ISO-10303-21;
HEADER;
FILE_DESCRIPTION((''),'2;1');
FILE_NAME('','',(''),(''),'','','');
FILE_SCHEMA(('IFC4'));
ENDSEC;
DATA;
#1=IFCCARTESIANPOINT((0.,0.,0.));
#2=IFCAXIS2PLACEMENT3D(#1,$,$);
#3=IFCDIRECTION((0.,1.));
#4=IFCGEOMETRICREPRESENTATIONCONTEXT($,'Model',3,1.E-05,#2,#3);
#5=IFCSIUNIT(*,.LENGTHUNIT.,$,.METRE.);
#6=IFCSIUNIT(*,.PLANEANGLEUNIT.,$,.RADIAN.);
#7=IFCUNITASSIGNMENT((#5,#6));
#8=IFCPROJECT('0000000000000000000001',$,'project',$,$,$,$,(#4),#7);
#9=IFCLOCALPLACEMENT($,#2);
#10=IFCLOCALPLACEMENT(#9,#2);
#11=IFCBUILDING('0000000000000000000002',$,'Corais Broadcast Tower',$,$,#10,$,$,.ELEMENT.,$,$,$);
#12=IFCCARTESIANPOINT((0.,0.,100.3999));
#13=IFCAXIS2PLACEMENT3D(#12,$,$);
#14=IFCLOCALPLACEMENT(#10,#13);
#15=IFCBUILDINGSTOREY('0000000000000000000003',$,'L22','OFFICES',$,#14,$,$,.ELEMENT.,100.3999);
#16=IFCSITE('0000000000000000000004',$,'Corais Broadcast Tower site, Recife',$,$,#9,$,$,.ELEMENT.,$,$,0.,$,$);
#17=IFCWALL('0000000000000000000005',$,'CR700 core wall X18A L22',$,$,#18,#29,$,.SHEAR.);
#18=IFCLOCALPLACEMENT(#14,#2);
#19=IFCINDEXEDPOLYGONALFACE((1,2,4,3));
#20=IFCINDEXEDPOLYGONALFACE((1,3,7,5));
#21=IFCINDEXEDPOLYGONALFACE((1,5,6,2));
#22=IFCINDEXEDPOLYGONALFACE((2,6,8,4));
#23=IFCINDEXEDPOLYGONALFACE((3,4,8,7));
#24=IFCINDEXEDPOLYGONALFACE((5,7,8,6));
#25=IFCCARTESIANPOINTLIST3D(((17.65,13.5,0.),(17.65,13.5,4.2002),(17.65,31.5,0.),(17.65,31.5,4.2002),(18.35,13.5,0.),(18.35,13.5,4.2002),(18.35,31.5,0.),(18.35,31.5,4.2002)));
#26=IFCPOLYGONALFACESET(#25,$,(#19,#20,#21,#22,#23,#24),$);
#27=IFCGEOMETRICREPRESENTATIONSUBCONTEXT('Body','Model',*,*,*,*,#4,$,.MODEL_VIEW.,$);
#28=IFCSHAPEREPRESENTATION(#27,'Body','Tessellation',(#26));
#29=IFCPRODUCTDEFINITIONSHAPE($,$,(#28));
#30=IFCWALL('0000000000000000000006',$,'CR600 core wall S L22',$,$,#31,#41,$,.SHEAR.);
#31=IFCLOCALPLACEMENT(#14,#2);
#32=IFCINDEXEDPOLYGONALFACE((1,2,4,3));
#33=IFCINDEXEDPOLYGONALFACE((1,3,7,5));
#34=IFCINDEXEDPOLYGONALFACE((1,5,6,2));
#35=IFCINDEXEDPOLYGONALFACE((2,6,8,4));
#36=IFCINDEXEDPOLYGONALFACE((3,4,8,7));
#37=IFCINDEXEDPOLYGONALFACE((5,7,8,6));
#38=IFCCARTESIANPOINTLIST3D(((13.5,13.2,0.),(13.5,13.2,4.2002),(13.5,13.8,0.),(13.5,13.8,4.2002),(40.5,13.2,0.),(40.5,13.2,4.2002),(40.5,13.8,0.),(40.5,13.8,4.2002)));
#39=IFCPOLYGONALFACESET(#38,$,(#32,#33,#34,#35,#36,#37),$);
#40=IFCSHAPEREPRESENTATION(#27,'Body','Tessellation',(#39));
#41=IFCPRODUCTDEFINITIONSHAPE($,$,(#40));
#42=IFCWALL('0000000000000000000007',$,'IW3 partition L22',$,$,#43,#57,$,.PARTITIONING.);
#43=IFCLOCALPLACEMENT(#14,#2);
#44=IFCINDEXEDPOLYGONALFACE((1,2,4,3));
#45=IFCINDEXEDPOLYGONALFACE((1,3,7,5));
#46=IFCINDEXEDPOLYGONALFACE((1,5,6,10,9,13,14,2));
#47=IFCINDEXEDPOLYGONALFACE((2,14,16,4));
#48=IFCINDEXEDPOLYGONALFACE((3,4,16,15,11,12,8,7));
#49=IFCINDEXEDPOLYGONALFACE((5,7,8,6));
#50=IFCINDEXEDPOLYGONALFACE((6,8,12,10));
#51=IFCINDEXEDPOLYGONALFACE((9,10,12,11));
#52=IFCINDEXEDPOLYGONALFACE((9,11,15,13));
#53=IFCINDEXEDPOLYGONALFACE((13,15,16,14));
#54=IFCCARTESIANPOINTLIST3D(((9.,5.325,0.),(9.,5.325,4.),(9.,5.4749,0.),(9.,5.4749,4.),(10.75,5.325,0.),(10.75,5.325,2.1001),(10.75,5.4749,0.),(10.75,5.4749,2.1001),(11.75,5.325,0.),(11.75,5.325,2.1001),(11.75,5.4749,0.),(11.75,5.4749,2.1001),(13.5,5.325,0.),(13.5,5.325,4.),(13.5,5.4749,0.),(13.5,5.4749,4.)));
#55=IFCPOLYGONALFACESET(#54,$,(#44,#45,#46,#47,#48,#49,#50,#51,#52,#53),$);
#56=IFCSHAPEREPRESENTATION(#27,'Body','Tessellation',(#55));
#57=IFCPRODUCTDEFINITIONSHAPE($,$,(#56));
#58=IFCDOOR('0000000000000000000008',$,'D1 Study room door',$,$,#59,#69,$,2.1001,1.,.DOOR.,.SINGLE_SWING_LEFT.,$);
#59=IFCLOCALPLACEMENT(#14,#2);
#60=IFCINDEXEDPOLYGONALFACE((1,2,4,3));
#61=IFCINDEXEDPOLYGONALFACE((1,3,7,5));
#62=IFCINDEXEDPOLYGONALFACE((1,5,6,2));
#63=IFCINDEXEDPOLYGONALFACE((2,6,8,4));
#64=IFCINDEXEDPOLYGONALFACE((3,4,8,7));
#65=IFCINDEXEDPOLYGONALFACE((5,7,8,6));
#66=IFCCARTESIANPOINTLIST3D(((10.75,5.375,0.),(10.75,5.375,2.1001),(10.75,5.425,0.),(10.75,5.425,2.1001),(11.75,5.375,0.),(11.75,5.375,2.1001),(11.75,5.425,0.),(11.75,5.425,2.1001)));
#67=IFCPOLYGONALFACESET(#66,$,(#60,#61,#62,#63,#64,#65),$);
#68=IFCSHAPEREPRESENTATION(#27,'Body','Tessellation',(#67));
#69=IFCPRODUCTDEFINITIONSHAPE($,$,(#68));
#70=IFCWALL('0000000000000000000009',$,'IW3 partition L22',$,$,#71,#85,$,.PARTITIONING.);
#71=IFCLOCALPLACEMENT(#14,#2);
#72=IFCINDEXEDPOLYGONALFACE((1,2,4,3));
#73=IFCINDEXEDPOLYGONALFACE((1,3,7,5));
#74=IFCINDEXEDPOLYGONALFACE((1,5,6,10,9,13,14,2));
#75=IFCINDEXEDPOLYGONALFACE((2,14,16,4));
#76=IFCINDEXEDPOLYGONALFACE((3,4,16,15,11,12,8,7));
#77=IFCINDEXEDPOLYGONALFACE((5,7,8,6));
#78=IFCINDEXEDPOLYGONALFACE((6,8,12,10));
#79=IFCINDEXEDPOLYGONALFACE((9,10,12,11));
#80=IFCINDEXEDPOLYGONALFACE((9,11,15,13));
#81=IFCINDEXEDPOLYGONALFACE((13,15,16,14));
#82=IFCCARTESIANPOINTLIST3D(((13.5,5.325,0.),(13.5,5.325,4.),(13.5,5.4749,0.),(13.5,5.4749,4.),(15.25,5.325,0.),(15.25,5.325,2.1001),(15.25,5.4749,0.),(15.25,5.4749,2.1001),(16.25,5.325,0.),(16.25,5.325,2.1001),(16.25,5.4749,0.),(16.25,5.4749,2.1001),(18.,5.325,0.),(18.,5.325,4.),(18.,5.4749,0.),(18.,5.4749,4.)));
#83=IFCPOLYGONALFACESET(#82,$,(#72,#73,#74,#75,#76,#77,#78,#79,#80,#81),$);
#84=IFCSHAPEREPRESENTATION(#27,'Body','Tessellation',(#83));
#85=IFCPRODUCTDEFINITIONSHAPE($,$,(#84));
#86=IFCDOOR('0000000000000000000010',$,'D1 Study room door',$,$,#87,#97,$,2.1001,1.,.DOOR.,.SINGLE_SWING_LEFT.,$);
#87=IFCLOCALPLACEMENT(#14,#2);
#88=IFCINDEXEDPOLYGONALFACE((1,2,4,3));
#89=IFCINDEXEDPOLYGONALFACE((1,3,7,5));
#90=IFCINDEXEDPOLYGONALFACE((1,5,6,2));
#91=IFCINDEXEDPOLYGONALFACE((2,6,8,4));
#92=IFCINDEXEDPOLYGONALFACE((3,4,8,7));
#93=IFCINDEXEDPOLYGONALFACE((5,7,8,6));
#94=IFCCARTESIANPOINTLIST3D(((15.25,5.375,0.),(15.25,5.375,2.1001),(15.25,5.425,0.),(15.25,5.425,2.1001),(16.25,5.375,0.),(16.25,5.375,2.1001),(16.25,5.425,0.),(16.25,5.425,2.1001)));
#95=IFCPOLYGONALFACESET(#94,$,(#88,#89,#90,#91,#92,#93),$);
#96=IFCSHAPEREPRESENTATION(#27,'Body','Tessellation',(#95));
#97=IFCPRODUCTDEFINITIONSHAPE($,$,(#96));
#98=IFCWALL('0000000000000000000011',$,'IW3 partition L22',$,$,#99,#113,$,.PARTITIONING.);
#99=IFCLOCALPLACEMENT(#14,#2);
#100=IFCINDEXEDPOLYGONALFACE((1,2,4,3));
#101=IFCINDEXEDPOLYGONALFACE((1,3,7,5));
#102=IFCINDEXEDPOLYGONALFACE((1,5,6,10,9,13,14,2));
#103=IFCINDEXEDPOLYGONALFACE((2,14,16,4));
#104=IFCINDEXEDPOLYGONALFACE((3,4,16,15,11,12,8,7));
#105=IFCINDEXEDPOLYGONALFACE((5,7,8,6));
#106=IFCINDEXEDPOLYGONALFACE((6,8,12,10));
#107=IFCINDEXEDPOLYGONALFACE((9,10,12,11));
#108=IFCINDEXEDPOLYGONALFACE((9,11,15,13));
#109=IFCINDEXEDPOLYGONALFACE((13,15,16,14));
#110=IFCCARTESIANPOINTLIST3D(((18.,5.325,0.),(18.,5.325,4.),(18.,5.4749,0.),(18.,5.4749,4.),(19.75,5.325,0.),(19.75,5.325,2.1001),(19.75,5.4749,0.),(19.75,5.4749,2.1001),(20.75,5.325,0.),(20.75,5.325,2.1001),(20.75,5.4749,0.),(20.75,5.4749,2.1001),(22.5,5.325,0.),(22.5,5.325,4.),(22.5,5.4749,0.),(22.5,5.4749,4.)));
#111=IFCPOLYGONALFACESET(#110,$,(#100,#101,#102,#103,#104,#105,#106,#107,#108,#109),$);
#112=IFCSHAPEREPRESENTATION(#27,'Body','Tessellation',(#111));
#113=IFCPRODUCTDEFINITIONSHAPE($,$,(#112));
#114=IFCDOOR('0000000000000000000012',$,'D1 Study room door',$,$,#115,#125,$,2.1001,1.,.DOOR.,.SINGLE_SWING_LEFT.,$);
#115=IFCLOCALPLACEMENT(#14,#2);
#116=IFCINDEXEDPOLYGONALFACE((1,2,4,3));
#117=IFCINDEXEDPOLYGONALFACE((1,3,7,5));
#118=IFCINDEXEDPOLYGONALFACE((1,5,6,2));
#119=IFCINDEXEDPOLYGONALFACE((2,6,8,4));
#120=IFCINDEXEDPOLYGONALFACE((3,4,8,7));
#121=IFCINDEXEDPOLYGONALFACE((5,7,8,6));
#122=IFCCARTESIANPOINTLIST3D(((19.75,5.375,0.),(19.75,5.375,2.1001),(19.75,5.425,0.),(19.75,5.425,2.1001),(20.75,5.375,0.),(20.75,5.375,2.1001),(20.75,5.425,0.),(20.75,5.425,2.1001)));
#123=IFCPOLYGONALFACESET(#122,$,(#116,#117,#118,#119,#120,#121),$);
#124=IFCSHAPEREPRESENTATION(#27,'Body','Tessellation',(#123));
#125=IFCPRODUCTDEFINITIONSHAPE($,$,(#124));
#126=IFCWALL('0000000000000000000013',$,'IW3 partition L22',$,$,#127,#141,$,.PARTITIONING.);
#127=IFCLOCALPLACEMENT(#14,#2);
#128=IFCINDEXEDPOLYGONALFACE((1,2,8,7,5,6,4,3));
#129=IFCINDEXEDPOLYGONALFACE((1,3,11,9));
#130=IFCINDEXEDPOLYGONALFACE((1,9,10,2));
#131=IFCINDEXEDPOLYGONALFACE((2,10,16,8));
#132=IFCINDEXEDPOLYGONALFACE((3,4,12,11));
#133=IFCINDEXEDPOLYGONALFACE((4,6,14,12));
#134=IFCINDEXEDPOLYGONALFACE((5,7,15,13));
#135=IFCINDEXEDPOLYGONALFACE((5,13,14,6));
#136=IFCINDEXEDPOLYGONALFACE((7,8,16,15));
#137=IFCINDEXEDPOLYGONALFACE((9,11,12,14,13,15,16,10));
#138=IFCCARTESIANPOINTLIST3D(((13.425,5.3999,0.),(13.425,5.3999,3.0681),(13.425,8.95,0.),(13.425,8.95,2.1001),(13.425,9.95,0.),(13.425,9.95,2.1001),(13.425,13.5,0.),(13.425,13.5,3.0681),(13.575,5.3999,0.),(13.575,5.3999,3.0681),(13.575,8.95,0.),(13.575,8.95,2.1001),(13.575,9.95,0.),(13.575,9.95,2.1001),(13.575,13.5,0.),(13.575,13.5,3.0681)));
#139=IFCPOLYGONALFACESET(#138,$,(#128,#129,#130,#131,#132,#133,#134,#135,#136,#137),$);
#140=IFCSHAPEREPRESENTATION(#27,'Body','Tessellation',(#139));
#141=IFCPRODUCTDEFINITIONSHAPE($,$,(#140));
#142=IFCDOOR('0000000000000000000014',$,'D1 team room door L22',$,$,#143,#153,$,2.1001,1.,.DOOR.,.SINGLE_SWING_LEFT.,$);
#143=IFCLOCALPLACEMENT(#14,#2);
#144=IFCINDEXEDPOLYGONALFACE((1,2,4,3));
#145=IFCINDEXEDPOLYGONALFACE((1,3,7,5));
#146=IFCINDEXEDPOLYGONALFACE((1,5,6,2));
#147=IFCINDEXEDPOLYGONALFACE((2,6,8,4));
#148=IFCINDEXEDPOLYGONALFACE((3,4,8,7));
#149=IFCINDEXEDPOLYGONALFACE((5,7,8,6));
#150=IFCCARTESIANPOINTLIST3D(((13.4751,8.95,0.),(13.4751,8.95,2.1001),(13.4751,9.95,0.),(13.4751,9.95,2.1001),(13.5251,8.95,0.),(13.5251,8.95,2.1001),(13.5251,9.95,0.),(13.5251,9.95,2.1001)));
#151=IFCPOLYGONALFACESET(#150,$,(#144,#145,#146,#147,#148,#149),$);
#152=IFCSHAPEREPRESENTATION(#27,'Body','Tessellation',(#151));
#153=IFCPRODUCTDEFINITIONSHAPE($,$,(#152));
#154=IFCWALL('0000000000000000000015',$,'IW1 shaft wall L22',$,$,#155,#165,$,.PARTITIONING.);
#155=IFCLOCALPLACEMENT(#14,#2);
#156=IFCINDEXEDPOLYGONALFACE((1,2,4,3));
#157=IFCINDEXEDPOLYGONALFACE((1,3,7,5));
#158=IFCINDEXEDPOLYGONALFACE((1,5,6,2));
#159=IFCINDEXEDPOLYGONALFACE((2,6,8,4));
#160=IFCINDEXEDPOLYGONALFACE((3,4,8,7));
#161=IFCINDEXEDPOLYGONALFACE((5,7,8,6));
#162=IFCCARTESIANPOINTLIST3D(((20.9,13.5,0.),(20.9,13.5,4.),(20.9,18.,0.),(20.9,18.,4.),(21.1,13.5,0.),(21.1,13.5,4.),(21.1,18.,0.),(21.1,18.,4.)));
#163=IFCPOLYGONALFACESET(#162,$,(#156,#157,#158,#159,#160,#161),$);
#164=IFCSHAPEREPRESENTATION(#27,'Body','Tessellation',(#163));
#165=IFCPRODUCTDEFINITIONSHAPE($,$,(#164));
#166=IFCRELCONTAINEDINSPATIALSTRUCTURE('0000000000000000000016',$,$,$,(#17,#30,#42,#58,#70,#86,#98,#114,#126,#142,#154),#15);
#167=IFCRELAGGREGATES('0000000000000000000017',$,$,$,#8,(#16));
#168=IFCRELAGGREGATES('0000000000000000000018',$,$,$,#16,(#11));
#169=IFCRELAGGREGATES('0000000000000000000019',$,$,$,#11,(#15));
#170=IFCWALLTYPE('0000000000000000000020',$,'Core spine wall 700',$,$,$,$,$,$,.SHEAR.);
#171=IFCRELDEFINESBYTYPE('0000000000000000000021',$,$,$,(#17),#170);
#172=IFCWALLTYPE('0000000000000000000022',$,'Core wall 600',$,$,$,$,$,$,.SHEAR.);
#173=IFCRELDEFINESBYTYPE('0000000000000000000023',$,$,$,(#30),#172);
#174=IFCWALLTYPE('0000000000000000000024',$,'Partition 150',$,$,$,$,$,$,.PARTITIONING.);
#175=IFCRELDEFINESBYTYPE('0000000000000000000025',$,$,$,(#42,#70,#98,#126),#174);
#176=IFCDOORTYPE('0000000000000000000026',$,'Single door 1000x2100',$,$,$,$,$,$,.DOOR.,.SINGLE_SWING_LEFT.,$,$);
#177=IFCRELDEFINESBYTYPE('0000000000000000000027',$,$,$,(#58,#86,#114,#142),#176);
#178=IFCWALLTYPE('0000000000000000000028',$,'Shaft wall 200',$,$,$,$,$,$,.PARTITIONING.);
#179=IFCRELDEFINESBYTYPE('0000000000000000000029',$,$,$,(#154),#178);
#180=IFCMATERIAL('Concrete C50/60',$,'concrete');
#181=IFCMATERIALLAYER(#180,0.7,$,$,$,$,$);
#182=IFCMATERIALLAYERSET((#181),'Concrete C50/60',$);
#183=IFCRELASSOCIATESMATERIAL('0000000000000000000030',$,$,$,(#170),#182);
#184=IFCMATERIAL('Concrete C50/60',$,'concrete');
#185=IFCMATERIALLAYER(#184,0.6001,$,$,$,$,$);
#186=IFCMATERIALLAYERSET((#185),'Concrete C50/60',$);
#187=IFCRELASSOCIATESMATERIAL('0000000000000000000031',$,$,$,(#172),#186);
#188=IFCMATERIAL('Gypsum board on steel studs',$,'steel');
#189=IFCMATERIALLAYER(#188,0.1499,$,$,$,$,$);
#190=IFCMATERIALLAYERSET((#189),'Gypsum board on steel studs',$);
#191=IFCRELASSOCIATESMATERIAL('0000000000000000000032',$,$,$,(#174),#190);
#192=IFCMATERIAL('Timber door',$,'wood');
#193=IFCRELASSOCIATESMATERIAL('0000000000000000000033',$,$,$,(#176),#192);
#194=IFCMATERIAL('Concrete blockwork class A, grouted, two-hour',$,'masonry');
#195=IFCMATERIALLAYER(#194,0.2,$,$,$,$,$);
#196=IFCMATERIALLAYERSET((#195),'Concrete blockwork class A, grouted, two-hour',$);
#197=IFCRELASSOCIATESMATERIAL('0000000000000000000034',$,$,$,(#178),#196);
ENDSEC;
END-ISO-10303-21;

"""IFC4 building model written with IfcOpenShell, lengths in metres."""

from ifc_helpers import new_model, si_unit, direction, frame, frame_2d, origin, place, context, subcontext, project, spatial, rectangle, extrude, material, layer, layer_set, type_object, element, fill, save


model = new_model("IFC4")

# Units and contexts
model_context = context("Model", 3, precision=1e-05, world=origin(), true_north=direction((0.0, 1.0)))
body_context = subcontext(model_context, "Body", "Model", "MODEL_VIEW")
ifc_project = project(units=[si_unit("LENGTHUNIT", "METRE"), si_unit("PLANEANGLEUNIT", "RADIAN")], contexts=[model_context])

# Site, building, storey
site_placement = place(None, origin())
site = spatial("IfcSite", under=ifc_project, at=site_placement, Name="Corais Broadcast Tower site, Recife", CompositionType="ELEMENT", RefElevation=0.0)
building_placement = place(site_placement, origin())
building = spatial("IfcBuilding", under=site, at=building_placement, Name="Corais Broadcast Tower", CompositionType="ELEMENT")
storey_placement = place(building_placement, frame((0.0, 0.0, 100.3999)))
storey = spatial("IfcBuildingStorey", under=building, at=storey_placement, Name="L22", Description="OFFICES", CompositionType="ELEMENT", Elevation=100.3999)

# Walls
ifc_material_1 = material(Name="Concrete C50/60", Category="concrete")
ifc_layer_1 = layer(ifc_material_1, 0.7)
ifc_layer_set_1 = layer_set([ifc_layer_1], Name="Concrete C50/60")
wall_type_1 = type_object("IfcWallType", Name="Core spine wall 700", PredefinedType="SHEAR", material=ifc_layer_set_1)
wall_1_placement = place(storey_placement, frame((18.0, 13.5, 0.0), z_axis=(0.0, 0.0, 1.0), x_axis=(0.0, 1.0, 0.0)))
element("IfcWall", 1, at=wall_1_placement, inside=storey, type_object=wall_type_1, Name="CR700 core wall X18A L22", PredefinedType="SHEAR", context=body_context, shape_type="SweptSolid", body=[
    extrude(rectangle(XDim=18.0, YDim=0.7, at=frame_2d((9.0, 0.0))), origin(), (0.0, 0.0, 1.0), 4.2002),
])
ifc_material_2 = material(Name="Concrete C50/60", Category="concrete")
ifc_layer_2 = layer(ifc_material_2, 0.6001)
ifc_layer_set_2 = layer_set([ifc_layer_2], Name="Concrete C50/60")
wall_type_2 = type_object("IfcWallType", Name="Core wall 600", PredefinedType="SHEAR", material=ifc_layer_set_2)
wall_2_placement = place(storey_placement, frame((13.5, 13.5, 0.0), z_axis=(0.0, 0.0, 1.0), x_axis=(1.0, 0.0, 0.0)))
element("IfcWall", 2, at=wall_2_placement, inside=storey, type_object=wall_type_2, Name="CR600 core wall S L22", PredefinedType="SHEAR", context=body_context, shape_type="SweptSolid", body=[
    extrude(rectangle(XDim=27.0, YDim=0.6001, at=frame_2d((13.5, 0.0))), origin(), (0.0, 0.0, 1.0), 4.2002),
])

# Walls, openings, doors
ifc_material_3 = material(Name="Gypsum board on steel studs", Category="steel")
ifc_layer_3 = layer(ifc_material_3, 0.1499)
ifc_layer_set_3 = layer_set([ifc_layer_3], Name="Gypsum board on steel studs")
wall_type_3 = type_object("IfcWallType", Name="Partition 150", PredefinedType="PARTITIONING", material=ifc_layer_set_3)
wall_3_placement = place(storey_placement, frame((13.5, 5.3999, 0.0), z_axis=(0.0, 0.0, 1.0), x_axis=(-1.0, 0.0, 0.0)))
wall_3 = element("IfcWall", 3, at=wall_3_placement, inside=storey, type_object=wall_type_3, Name="IW3 partition L22", PredefinedType="PARTITIONING", context=body_context, shape_type="SweptSolid", body=[
    extrude(rectangle(XDim=4.5, YDim=0.1499, at=frame_2d((2.25, 0.0))), origin(), (0.0, 0.0, 1.0), 4.0),
])
opening_1_placement = place(wall_3_placement, frame((1.75, 0.0, 0.0)))
opening_1 = element("IfcOpeningElement", 4, at=opening_1_placement, cuts=wall_3, PredefinedType="OPENING", context=body_context, shape_type="SweptSolid", body=[
    extrude(rectangle(XDim=1.0, YDim=2.1001, at=frame_2d((0.5, 1.05))), frame((0.0, 0.085, 0.0), z_axis=(0.0, -1.0, 0.0), x_axis=(1.0, 0.0, 0.0)), (0.0, 0.0, 1.0), 0.1699),
])
ifc_material_4 = material(Name="Timber door", Category="wood")
door_type = type_object("IfcDoorType", Name="Single door 1000x2100", OperationType="SINGLE_SWING_LEFT", PredefinedType="DOOR", material=ifc_material_4)
door_1_placement = place(opening_1_placement, origin())
door_1 = element("IfcDoor", 5, at=door_1_placement, inside=storey, type_object=door_type, Name="D1 Study room door", OperationType="SINGLE_SWING_LEFT", OverallHeight=2.1001, OverallWidth=1.0, PredefinedType="DOOR", context=body_context, shape_type="SweptSolid", body=[
    extrude(rectangle(XDim=1.0, YDim=2.1001, at=frame_2d((0.5, 1.05))), frame((0.0, 0.0249, 0.0), z_axis=(0.0, -1.0, 0.0), x_axis=(1.0, 0.0, 0.0)), (0.0, 0.0, 1.0), 0.05),
])
fill(opening_1, door_1)
wall_4_placement = place(storey_placement, frame((18.0, 5.3999, 0.0), z_axis=(0.0, 0.0, 1.0), x_axis=(-1.0, 0.0, 0.0)))
wall_4 = element("IfcWall", 6, at=wall_4_placement, inside=storey, type_object=wall_type_3, Name="IW3 partition L22", PredefinedType="PARTITIONING", context=body_context, shape_type="SweptSolid", body=[
    extrude(rectangle(XDim=4.5, YDim=0.1499, at=frame_2d((2.25, 0.0))), origin(), (0.0, 0.0, 1.0), 4.0),
])
opening_2_placement = place(wall_4_placement, frame((1.75, 0.0, 0.0)))
opening_2 = element("IfcOpeningElement", 7, at=opening_2_placement, cuts=wall_4, PredefinedType="OPENING", context=body_context, shape_type="SweptSolid", body=[
    extrude(rectangle(XDim=1.0, YDim=2.1001, at=frame_2d((0.5, 1.05))), frame((0.0, 0.085, 0.0), z_axis=(0.0, -1.0, 0.0), x_axis=(1.0, 0.0, 0.0)), (0.0, 0.0, 1.0), 0.1699),
])
door_2_placement = place(opening_2_placement, origin())
door_2 = element("IfcDoor", 8, at=door_2_placement, inside=storey, type_object=door_type, Name="D1 Study room door", OperationType="SINGLE_SWING_LEFT", OverallHeight=2.1001, OverallWidth=1.0, PredefinedType="DOOR", context=body_context, shape_type="SweptSolid", body=[
    extrude(rectangle(XDim=1.0, YDim=2.1001, at=frame_2d((0.5, 1.05))), frame((0.0, 0.0249, 0.0), z_axis=(0.0, -1.0, 0.0), x_axis=(1.0, 0.0, 0.0)), (0.0, 0.0, 1.0), 0.05),
])
fill(opening_2, door_2)
wall_5_placement = place(storey_placement, frame((22.5, 5.3999, 0.0), z_axis=(0.0, 0.0, 1.0), x_axis=(-1.0, 0.0, 0.0)))
wall_5 = element("IfcWall", 9, at=wall_5_placement, inside=storey, type_object=wall_type_3, Name="IW3 partition L22", PredefinedType="PARTITIONING", context=body_context, shape_type="SweptSolid", body=[
    extrude(rectangle(XDim=4.5, YDim=0.1499, at=frame_2d((2.25, 0.0))), origin(), (0.0, 0.0, 1.0), 4.0),
])
opening_3_placement = place(wall_5_placement, frame((1.75, 0.0, 0.0)))
opening_3 = element("IfcOpeningElement", 10, at=opening_3_placement, cuts=wall_5, PredefinedType="OPENING", context=body_context, shape_type="SweptSolid", body=[
    extrude(rectangle(XDim=1.0, YDim=2.1001, at=frame_2d((0.5, 1.05))), frame((0.0, 0.085, 0.0), z_axis=(0.0, -1.0, 0.0), x_axis=(1.0, 0.0, 0.0)), (0.0, 0.0, 1.0), 0.1699),
])
door_3_placement = place(opening_3_placement, origin())
door_3 = element("IfcDoor", 11, at=door_3_placement, inside=storey, type_object=door_type, Name="D1 Study room door", OperationType="SINGLE_SWING_LEFT", OverallHeight=2.1001, OverallWidth=1.0, PredefinedType="DOOR", context=body_context, shape_type="SweptSolid", body=[
    extrude(rectangle(XDim=1.0, YDim=2.1001, at=frame_2d((0.5, 1.05))), frame((0.0, 0.0249, 0.0), z_axis=(0.0, -1.0, 0.0), x_axis=(1.0, 0.0, 0.0)), (0.0, 0.0, 1.0), 0.05),
])
fill(opening_3, door_3)
wall_6_placement = place(storey_placement, frame((13.5, 5.3999, 0.0), z_axis=(0.0, 0.0, 1.0), x_axis=(0.0, 1.0, 0.0)))
wall_6 = element("IfcWall", 12, at=wall_6_placement, inside=storey, type_object=wall_type_3, Name="IW3 partition L22", PredefinedType="PARTITIONING", context=body_context, shape_type="SweptSolid", body=[
    extrude(rectangle(XDim=8.1001, YDim=0.1499, at=frame_2d((4.05, 0.0))), origin(), (0.0, 0.0, 1.0), 3.0681),
])
opening_4_placement = place(wall_6_placement, frame((3.55, 0.0, 0.0)))
opening_4 = element("IfcOpeningElement", 13, at=opening_4_placement, cuts=wall_6, PredefinedType="OPENING", context=body_context, shape_type="SweptSolid", body=[
    extrude(rectangle(XDim=1.0, YDim=2.1001, at=frame_2d((0.5, 1.05))), frame((0.0, 0.085, 0.0), z_axis=(0.0, -1.0, 0.0), x_axis=(1.0, 0.0, 0.0)), (0.0, 0.0, 1.0), 0.1699),
])
door_4_placement = place(opening_4_placement, origin())
door_4 = element("IfcDoor", 14, at=door_4_placement, inside=storey, type_object=door_type, Name="D1 team room door L22", OperationType="SINGLE_SWING_LEFT", OverallHeight=2.1001, OverallWidth=1.0, PredefinedType="DOOR", context=body_context, shape_type="SweptSolid", body=[
    extrude(rectangle(XDim=1.0, YDim=2.1001, at=frame_2d((0.5, 1.05))), frame((0.0, 0.0249, 0.0), z_axis=(0.0, -1.0, 0.0), x_axis=(1.0, 0.0, 0.0)), (0.0, 0.0, 1.0), 0.05),
])
fill(opening_4, door_4)

# Wall
ifc_material_5 = material(Name="Concrete blockwork class A, grouted, two-hour", Category="masonry")
ifc_layer_4 = layer(ifc_material_5, 0.2)
ifc_layer_set_4 = layer_set([ifc_layer_4], Name="Concrete blockwork class A, grouted, two-hour")
wall_type_4 = type_object("IfcWallType", Name="Shaft wall 200", PredefinedType="PARTITIONING", material=ifc_layer_set_4)
wall_7_placement = place(storey_placement, frame((21.0, 13.5, 0.0), z_axis=(0.0, 0.0, 1.0), x_axis=(0.0, 1.0, 0.0)))
element("IfcWall", 15, at=wall_7_placement, inside=storey, type_object=wall_type_4, Name="IW1 shaft wall L22", PredefinedType="PARTITIONING", context=body_context, shape_type="SweptSolid", body=[
    extrude(rectangle(XDim=4.5, YDim=0.2, at=frame_2d((2.25, 0.0))), origin(), (0.0, 0.0, 1.0), 4.0),
])

save(model, "model.ifc")
